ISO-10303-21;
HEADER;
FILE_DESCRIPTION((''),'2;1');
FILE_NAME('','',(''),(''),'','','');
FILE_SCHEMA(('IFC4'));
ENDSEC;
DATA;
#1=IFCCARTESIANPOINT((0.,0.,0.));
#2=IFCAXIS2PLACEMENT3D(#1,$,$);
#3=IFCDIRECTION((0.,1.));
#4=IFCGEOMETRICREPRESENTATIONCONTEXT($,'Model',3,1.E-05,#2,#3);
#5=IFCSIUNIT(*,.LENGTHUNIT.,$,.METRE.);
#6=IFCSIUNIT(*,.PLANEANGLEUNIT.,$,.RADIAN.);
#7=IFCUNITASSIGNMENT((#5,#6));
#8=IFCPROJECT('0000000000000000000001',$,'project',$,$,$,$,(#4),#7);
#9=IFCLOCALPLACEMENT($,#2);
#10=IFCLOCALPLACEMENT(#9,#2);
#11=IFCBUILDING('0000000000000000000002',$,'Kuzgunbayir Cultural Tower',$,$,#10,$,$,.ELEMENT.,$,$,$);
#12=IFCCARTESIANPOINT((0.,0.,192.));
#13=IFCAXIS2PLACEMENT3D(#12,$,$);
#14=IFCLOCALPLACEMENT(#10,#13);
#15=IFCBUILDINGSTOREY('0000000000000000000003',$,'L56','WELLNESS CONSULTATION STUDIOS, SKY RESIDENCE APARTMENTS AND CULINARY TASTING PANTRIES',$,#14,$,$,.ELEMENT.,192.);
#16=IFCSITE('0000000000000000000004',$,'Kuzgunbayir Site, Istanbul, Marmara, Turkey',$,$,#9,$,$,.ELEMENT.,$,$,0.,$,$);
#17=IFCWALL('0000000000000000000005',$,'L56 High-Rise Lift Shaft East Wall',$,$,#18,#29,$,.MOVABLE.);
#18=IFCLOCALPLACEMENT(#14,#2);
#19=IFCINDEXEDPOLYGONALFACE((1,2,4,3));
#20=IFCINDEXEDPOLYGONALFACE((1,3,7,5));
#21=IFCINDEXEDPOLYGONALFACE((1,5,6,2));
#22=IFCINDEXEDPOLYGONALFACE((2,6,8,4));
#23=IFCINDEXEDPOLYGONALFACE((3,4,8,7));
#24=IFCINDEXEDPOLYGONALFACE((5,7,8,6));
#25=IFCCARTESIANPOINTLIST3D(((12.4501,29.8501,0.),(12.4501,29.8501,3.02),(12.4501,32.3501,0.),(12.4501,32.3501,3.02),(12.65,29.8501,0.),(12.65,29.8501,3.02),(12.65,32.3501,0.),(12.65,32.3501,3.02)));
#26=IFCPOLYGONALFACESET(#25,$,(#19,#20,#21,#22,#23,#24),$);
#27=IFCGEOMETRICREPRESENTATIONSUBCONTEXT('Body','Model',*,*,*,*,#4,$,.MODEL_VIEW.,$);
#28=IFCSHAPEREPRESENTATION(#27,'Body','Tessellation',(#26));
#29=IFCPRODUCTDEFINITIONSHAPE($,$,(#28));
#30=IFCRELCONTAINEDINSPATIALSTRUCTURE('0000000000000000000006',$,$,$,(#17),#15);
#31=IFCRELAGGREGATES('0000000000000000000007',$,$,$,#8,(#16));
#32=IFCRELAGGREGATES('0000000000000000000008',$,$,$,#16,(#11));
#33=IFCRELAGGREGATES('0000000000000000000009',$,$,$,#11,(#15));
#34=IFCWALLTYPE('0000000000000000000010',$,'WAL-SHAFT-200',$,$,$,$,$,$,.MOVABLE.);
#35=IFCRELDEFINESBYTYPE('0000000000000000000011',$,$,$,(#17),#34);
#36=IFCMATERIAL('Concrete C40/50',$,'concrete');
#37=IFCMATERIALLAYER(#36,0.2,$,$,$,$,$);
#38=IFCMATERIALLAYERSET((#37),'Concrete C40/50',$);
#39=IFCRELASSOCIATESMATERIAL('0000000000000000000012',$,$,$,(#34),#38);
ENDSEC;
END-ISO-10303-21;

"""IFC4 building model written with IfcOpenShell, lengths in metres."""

from ifc_helpers import new_model, si_unit, direction, frame, frame_2d, origin, place, context, subcontext, project, spatial, rectangle, extrude, material, layer, layer_set, type_object, element, save


model = new_model("IFC4")

# Units and contexts
model_context = context("Model", 3, precision=1e-05, world=origin(), true_north=direction((0.0, 1.0)))
body_context = subcontext(model_context, "Body", "Model", "MODEL_VIEW")
ifc_project = project(units=[si_unit("LENGTHUNIT", "METRE"), si_unit("PLANEANGLEUNIT", "RADIAN")], contexts=[model_context])

# Site, building, storey
site_placement = place(None, origin())
site = spatial("IfcSite", under=ifc_project, at=site_placement, Name="Kuzgunbayir Site, Istanbul, Marmara, Turkey", CompositionType="ELEMENT", RefElevation=0.0)
building_placement = place(site_placement, origin())
building = spatial("IfcBuilding", under=site, at=building_placement, Name="Kuzgunbayir Cultural Tower", CompositionType="ELEMENT")
storey_placement = place(building_placement, frame((0.0, 0.0, 192.0)))
storey = spatial("IfcBuildingStorey", under=building, at=storey_placement, Name="L56", Description="WELLNESS CONSULTATION STUDIOS, SKY RESIDENCE APARTMENTS AND CULINARY TASTING PANTRIES", CompositionType="ELEMENT", Elevation=192.0)

# Wall
ifc_material_1 = material(Name="Concrete C40/50", Category="concrete")
ifc_layer_1 = layer(ifc_material_1, 0.2)
ifc_layer_set_1 = layer_set([ifc_layer_1], Name="Concrete C40/50")
wall_type_1 = type_object("IfcWallType", Name="WAL-SHAFT-200", PredefinedType="MOVABLE", material=ifc_layer_set_1)
wall_1_placement = place(storey_placement, frame((12.55, 29.8501, 0.0), z_axis=(0.0, 0.0, 1.0), x_axis=(0.0, 1.0, 0.0)))
element("IfcWall", 1, at=wall_1_placement, inside=storey, type_object=wall_type_1, Name="L56 High-Rise Lift Shaft East Wall", PredefinedType="MOVABLE", context=body_context, shape_type="SweptSolid", body=[
    extrude(rectangle(XDim=2.5, YDim=0.2, at=frame_2d((1.25, 0.0))), origin(), (0.0, 0.0, 1.0), 3.02),
])

save(model, "model.ifc")
